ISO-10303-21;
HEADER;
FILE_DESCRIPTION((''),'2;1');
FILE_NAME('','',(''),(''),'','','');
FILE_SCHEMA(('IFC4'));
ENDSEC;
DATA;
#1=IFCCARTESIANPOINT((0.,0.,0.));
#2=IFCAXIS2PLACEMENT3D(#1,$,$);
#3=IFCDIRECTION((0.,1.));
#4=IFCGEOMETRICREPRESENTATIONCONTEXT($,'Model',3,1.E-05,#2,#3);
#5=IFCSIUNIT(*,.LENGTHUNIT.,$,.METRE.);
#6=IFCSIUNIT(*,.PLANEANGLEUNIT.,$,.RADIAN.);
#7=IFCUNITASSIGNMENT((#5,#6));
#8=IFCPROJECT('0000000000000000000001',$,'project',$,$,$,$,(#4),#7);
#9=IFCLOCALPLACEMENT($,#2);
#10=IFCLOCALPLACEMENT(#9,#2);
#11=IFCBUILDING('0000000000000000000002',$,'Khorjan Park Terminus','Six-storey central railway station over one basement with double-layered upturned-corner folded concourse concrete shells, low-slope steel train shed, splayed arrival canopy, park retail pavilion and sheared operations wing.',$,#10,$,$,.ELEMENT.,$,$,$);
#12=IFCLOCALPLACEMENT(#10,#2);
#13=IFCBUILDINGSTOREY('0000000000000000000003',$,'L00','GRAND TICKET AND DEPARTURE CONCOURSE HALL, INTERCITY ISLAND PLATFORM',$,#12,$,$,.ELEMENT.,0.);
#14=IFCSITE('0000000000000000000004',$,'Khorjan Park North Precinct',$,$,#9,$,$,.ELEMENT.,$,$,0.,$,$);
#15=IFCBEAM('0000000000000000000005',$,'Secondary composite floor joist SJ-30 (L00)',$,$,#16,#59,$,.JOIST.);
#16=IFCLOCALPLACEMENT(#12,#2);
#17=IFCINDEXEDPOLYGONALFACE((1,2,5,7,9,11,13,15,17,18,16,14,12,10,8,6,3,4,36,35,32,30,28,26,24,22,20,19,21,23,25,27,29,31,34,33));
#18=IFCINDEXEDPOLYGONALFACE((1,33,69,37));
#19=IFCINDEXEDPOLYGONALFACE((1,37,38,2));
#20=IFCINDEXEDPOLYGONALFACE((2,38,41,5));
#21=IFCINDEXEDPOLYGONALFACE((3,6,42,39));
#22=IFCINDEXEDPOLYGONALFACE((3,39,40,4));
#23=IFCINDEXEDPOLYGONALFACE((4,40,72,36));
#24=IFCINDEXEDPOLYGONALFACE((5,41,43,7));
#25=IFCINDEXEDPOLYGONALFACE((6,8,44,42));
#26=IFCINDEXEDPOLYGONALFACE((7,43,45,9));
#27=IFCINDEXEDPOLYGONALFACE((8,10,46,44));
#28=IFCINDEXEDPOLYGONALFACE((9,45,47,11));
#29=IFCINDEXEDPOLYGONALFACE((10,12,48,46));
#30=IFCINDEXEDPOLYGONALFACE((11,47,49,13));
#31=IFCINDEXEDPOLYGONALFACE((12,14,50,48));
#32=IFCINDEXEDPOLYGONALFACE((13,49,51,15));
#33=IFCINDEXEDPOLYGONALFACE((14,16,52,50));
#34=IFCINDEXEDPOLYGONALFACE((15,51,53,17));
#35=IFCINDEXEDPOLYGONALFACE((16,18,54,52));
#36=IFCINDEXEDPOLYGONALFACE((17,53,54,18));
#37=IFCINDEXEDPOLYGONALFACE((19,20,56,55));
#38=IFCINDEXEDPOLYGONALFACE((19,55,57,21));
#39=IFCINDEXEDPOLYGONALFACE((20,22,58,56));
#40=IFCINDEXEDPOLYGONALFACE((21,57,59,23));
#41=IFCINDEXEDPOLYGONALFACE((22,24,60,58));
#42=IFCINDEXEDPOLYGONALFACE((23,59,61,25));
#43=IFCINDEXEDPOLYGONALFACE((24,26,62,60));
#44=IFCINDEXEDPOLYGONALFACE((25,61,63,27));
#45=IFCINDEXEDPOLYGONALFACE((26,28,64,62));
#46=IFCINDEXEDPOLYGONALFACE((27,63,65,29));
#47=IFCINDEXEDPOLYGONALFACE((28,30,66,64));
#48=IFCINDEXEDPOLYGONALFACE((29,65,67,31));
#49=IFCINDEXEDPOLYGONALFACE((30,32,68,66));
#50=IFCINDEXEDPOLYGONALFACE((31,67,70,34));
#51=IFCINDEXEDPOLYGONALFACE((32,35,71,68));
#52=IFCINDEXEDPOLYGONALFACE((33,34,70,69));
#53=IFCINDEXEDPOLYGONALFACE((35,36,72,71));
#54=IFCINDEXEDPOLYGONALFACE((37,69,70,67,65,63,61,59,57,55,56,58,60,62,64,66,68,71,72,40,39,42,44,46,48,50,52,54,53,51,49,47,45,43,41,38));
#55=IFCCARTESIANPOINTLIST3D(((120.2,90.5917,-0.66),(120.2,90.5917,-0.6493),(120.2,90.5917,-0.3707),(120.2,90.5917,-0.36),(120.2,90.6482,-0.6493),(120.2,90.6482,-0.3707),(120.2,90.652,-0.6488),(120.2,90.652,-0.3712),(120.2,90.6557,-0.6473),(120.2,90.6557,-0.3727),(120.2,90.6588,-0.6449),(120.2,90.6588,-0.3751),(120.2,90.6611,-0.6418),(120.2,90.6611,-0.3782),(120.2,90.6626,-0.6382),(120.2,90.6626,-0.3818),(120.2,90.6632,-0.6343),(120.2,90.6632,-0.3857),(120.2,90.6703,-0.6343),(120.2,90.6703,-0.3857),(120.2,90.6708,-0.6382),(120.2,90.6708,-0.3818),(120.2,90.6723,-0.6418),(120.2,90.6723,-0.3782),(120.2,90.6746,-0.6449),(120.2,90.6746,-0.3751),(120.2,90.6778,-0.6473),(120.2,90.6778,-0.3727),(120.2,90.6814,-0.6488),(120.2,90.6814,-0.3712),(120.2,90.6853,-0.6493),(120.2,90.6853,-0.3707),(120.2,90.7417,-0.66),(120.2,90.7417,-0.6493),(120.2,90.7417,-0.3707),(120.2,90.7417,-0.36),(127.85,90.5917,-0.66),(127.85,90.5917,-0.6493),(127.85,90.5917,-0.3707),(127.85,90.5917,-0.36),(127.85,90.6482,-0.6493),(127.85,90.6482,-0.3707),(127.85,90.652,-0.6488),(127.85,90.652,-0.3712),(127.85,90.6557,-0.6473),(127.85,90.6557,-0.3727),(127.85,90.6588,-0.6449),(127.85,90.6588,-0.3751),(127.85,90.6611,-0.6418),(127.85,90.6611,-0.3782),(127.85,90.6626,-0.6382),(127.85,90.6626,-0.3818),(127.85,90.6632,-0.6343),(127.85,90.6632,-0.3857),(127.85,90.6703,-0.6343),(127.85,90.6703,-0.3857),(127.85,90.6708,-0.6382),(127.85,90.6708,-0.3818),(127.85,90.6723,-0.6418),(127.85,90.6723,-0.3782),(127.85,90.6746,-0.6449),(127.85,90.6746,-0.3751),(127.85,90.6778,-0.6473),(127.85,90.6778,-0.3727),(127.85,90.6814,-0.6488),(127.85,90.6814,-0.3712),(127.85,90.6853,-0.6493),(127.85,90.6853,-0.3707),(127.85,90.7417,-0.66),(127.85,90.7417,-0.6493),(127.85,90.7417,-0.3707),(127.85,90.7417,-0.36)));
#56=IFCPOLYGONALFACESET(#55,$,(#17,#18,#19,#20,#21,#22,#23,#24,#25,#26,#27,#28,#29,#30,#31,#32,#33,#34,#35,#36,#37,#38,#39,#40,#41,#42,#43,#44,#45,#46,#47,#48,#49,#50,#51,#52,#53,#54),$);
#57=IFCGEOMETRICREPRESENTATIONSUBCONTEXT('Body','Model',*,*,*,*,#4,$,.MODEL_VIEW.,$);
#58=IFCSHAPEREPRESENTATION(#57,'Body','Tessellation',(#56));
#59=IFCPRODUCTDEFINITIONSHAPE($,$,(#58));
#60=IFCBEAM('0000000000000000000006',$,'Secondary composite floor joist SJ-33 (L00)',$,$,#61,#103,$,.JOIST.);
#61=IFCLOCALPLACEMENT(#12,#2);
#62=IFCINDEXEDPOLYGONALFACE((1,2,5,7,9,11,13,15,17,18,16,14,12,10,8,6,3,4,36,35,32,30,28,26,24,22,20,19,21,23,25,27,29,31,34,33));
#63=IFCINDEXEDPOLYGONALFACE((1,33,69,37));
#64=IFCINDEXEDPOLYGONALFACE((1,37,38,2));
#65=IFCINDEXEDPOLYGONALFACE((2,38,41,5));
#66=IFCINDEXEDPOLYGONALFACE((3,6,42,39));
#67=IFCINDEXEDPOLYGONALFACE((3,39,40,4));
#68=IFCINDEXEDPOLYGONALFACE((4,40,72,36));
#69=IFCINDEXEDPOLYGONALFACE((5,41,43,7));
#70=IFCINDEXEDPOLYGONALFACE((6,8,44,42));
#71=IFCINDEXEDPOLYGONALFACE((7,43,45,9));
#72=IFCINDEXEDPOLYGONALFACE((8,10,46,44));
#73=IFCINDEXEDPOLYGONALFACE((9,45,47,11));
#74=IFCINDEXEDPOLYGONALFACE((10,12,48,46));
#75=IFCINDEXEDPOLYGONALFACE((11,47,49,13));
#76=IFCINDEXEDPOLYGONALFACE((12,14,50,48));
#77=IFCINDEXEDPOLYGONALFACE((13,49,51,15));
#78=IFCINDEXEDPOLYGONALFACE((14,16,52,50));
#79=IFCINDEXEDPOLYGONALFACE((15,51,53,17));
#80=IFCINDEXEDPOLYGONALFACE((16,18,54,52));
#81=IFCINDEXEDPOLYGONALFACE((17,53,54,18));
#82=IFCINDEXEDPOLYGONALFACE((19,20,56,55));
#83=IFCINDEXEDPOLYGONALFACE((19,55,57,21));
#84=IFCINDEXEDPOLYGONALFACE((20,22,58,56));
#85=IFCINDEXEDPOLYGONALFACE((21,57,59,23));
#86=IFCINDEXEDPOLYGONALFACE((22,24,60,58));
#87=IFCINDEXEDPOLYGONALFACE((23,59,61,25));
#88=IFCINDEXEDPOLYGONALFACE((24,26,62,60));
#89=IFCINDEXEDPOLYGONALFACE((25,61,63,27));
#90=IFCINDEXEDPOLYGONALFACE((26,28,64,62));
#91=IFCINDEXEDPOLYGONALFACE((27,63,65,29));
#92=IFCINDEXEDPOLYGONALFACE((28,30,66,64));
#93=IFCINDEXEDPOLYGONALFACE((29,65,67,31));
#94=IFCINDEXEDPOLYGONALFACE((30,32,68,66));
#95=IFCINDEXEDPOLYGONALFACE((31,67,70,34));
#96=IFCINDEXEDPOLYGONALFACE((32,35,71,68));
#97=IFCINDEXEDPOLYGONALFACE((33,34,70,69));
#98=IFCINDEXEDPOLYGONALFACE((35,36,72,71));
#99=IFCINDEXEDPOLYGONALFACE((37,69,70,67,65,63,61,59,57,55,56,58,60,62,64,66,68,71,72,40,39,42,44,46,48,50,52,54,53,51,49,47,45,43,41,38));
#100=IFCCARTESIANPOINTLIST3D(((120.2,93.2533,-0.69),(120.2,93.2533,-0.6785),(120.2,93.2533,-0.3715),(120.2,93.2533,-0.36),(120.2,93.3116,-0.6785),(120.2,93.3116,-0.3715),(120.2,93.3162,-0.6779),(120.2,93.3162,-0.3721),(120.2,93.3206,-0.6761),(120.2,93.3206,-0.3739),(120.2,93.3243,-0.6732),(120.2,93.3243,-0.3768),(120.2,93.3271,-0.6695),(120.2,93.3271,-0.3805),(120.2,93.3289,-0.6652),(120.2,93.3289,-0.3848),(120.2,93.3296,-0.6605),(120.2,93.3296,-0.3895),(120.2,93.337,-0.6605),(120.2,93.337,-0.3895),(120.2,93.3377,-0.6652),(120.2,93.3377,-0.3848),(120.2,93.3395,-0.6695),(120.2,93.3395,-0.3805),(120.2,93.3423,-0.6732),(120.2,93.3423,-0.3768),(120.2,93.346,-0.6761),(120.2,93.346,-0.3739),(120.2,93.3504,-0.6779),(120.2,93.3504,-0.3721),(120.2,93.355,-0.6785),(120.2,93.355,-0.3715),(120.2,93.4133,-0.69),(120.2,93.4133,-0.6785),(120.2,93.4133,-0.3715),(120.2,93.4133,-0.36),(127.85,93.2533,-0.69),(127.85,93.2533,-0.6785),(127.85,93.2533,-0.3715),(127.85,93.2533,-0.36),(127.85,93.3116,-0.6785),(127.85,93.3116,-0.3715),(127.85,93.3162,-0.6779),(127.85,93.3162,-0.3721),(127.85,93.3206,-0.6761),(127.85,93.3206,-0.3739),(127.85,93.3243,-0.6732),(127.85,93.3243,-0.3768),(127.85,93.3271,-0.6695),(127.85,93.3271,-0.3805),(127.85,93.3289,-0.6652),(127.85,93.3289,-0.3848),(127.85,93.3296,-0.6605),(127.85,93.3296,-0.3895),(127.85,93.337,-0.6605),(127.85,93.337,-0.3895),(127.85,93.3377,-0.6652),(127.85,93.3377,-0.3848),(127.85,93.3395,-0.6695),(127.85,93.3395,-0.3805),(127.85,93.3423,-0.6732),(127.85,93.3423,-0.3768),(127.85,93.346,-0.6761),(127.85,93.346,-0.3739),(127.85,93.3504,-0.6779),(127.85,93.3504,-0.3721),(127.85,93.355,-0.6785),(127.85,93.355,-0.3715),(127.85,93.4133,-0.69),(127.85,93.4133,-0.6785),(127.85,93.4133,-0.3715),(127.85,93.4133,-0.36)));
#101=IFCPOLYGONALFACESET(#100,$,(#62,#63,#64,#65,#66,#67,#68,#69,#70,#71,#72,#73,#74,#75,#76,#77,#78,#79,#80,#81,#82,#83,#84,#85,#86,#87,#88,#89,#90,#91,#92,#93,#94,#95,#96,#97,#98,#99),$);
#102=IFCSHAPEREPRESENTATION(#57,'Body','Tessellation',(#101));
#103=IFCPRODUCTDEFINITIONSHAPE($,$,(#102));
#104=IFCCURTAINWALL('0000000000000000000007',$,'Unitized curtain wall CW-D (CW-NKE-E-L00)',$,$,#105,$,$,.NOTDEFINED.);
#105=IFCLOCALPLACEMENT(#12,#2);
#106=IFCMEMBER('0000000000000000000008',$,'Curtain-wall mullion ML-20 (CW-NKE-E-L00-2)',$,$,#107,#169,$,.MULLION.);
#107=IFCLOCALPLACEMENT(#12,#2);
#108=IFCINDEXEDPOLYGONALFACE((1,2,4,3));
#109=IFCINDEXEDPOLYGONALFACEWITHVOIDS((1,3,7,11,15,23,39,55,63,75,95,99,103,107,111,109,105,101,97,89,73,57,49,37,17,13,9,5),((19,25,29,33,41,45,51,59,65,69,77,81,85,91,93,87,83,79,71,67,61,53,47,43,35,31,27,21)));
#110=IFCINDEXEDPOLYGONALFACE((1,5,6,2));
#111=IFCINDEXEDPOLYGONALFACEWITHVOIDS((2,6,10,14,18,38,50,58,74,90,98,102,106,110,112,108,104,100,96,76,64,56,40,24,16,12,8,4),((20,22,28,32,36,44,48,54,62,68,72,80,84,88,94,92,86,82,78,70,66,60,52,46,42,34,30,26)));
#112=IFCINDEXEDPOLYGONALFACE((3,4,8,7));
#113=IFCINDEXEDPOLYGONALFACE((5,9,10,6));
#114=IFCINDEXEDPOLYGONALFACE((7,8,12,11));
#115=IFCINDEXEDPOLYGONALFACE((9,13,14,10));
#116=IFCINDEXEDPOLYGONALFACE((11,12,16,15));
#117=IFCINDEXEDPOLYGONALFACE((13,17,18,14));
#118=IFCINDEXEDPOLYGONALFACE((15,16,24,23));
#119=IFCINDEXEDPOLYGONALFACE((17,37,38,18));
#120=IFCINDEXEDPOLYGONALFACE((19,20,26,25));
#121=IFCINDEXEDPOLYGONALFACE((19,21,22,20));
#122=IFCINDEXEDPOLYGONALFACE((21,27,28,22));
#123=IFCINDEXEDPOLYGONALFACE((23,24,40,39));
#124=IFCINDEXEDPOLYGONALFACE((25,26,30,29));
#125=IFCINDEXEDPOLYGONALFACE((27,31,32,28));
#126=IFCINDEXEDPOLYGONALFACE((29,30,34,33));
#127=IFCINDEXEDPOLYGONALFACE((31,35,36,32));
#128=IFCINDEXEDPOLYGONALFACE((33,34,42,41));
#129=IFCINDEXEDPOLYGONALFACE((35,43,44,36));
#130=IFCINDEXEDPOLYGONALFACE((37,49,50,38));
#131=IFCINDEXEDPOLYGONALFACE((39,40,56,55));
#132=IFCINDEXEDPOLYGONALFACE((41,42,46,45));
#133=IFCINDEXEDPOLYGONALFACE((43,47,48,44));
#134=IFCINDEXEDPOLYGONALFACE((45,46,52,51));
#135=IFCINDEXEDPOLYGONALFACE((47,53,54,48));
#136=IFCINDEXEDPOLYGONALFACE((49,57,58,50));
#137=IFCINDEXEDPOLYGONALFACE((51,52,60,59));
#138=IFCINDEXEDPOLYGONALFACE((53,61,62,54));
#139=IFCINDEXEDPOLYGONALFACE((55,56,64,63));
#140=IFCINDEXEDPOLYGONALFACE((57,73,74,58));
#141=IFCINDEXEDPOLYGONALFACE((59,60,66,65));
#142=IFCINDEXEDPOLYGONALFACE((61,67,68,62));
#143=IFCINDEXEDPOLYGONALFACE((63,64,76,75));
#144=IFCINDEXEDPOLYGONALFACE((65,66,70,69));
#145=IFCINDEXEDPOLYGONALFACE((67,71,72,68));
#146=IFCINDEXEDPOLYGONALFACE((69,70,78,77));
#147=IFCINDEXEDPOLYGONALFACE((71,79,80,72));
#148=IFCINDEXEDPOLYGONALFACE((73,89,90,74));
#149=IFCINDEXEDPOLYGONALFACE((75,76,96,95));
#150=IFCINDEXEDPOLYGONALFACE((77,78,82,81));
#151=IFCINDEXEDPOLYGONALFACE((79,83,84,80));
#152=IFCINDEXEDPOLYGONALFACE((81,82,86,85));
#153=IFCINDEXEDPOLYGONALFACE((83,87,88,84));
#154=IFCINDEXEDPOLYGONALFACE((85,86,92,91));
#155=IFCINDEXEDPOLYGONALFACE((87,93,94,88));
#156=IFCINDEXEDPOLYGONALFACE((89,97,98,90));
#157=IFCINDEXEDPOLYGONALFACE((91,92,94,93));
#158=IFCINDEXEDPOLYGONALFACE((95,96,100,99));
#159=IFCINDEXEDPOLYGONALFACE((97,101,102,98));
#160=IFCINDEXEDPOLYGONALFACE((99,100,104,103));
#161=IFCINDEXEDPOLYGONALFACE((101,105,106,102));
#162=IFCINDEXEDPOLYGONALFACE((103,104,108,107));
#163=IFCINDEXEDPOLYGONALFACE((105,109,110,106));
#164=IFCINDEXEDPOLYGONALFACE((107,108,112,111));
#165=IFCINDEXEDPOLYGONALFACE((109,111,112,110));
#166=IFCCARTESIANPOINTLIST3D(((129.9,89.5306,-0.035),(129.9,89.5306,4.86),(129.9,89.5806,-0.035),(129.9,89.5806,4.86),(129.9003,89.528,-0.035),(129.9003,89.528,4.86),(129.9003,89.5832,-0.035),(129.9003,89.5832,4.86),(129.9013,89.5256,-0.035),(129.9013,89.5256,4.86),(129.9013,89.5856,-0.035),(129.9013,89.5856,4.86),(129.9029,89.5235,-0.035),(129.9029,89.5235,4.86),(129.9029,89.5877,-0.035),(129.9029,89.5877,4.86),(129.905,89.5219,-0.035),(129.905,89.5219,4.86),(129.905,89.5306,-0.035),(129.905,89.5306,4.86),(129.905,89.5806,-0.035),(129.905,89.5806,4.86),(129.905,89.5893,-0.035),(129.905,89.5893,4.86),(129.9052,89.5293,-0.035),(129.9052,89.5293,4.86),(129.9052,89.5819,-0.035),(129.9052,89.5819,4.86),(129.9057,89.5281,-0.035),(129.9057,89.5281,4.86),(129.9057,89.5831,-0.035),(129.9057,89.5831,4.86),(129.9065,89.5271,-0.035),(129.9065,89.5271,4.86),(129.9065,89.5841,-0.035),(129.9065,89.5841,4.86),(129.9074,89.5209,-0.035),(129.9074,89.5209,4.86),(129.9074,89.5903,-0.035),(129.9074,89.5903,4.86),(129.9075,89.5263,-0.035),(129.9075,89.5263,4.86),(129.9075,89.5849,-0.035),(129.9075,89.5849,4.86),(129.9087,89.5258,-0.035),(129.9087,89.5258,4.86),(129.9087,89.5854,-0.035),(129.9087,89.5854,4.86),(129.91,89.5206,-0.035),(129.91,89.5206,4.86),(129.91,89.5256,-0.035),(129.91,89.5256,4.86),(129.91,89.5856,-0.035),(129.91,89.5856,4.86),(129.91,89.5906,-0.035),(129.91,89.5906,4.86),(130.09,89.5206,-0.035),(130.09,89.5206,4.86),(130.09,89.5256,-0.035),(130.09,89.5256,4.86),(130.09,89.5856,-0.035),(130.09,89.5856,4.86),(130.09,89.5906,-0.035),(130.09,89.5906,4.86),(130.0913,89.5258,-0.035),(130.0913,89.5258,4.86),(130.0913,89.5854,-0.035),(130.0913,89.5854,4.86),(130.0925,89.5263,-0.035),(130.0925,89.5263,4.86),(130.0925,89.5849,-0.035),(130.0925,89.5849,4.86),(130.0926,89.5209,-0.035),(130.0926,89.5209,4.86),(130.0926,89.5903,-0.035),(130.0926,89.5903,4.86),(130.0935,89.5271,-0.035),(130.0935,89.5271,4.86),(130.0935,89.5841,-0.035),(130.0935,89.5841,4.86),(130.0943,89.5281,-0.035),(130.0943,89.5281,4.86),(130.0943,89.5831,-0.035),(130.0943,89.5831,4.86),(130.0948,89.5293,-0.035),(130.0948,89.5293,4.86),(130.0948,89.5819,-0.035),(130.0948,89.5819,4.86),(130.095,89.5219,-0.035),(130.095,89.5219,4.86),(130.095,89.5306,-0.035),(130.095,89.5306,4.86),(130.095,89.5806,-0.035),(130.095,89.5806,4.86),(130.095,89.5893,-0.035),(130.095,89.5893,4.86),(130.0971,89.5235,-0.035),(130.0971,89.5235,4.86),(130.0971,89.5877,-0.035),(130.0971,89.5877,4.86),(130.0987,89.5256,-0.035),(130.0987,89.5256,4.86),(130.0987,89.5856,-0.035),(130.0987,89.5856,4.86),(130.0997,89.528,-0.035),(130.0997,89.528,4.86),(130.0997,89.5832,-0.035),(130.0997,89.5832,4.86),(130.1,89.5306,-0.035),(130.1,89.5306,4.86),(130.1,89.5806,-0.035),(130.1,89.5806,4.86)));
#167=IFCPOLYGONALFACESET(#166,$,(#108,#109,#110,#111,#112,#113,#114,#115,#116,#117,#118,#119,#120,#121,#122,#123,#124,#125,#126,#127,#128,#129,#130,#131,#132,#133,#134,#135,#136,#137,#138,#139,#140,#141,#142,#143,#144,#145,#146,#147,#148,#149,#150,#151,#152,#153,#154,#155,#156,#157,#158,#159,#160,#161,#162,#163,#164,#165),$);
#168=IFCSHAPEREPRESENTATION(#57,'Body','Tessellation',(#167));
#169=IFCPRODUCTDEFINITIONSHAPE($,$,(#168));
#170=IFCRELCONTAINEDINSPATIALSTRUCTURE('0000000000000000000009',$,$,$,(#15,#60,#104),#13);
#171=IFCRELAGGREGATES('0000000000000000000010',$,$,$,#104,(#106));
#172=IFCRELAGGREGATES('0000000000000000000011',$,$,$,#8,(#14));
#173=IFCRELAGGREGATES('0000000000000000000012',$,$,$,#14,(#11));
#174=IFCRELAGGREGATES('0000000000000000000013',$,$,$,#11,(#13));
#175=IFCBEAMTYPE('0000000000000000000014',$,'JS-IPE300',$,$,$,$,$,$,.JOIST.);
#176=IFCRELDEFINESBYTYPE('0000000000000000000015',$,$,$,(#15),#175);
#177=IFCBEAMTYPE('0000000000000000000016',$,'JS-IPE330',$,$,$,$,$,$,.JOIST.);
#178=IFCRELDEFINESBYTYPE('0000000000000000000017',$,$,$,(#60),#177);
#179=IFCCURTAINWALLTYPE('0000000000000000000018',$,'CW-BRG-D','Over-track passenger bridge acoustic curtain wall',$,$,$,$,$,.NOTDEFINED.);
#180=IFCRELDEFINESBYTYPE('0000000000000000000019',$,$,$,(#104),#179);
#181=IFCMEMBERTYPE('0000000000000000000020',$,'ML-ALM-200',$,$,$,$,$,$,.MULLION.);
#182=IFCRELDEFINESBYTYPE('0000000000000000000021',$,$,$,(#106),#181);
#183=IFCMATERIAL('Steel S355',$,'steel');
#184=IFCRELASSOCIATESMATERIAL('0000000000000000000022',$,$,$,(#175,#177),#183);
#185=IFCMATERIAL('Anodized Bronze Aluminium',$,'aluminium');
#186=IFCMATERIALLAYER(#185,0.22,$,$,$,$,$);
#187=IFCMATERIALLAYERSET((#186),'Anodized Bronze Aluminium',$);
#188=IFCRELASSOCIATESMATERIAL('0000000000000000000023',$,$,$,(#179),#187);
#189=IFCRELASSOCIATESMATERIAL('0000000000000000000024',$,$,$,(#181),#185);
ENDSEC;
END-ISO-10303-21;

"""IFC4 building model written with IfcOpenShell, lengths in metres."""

from ifc_helpers import new_model, si_unit, direction, frame, origin, origin_2d, place, context, subcontext, project, spatial, hollow_rectangle, i_section, extrude, material, layer, layer_set, material_profile, profile_set, type_object, element, aggregate, save


model = new_model("IFC4")

# Units and contexts
model_context = context("Model", 3, precision=1e-05, world=origin(), true_north=direction((0.0, 1.0)))
body_context = subcontext(model_context, "Body", "Model", "MODEL_VIEW")
ifc_project = project(units=[si_unit("LENGTHUNIT", "METRE"), si_unit("PLANEANGLEUNIT", "RADIAN")], contexts=[model_context])

# Site, building, storey
site_placement = place(None, origin())
site = spatial("IfcSite", under=ifc_project, at=site_placement, Name="Khorjan Park North Precinct", CompositionType="ELEMENT", RefElevation=0.0)
building_placement = place(site_placement, origin())
building = spatial("IfcBuilding", under=site, at=building_placement, Name="Khorjan Park Terminus", Description="Six-storey central railway station over one basement with double-layered upturned-corner folded concourse concrete shells, low-slope steel train shed, splayed arrival canopy, park retail pavilion and sheared operations wing.", CompositionType="ELEMENT")
storey_placement = place(building_placement, origin())
storey = spatial("IfcBuildingStorey", under=building, at=storey_placement, Name="L00", Description="GRAND TICKET AND DEPARTURE CONCOURSE HALL, INTERCITY ISLAND PLATFORM", CompositionType="ELEMENT", Elevation=0.0)

# Beams
ifc_material_1 = material(Name="Steel S355", Category="steel")
ifc_material_profile_1 = material_profile(ifc_material_1, i_section(OverallWidth=0.15, OverallDepth=0.3, WebThickness=0.0071, FlangeThickness=0.0107, FilletRadius=0.015, at=origin_2d()), Name="IPE 300")
ifc_profile_set_1 = profile_set([ifc_material_profile_1], Name="Steel S355")
beam_type_1 = type_object("IfcBeamType", Name="JS-IPE300", PredefinedType="JOIST", material=ifc_profile_set_1)
beam_1_placement = place(storey_placement, frame((120.2, 90.6667, -0.51), z_axis=(1.0, 0.0, 0.0), x_axis=(0.0, 1.0, 0.0)))
element("IfcBeam", 1, at=beam_1_placement, inside=storey, type_object=beam_type_1, Name="Secondary composite floor joist SJ-30 (L00)", PredefinedType="JOIST", context=body_context, shape_type="SweptSolid", body=[
    extrude(i_section(OverallWidth=0.15, OverallDepth=0.3, WebThickness=0.0071, FlangeThickness=0.0107, FilletRadius=0.015, at=origin_2d()), origin(), (0.0, 0.0, 1.0), 7.65),
])
ifc_material_profile_2 = material_profile(ifc_material_1, i_section(OverallWidth=0.16, OverallDepth=0.33, WebThickness=0.0075, FlangeThickness=0.0115, FilletRadius=0.018, at=origin_2d()), Name="IPE 330")
ifc_profile_set_2 = profile_set([ifc_material_profile_2], Name="Steel S355")
beam_type_2 = type_object("IfcBeamType", Name="JS-IPE330", PredefinedType="JOIST", material=ifc_profile_set_2)
beam_2_placement = place(storey_placement, frame((120.2, 93.3333, -0.525), z_axis=(1.0, 0.0, 0.0), x_axis=(0.0, 1.0, 0.0)))
element("IfcBeam", 2, at=beam_2_placement, inside=storey, type_object=beam_type_2, Name="Secondary composite floor joist SJ-33 (L00)", PredefinedType="JOIST", context=body_context, shape_type="SweptSolid", body=[
    extrude(i_section(OverallWidth=0.16, OverallDepth=0.33, WebThickness=0.0075, FlangeThickness=0.0115, FilletRadius=0.018, at=origin_2d()), origin(), (0.0, 0.0, 1.0), 7.65),
])

# Curtain wall, member
ifc_material_2 = material(Name="Anodized Bronze Aluminium", Category="aluminium")
ifc_layer_1 = layer(ifc_material_2, 0.22)
ifc_layer_set_1 = layer_set([ifc_layer_1], Name="Anodized Bronze Aluminium")
curtain_wall_type = type_object("IfcCurtainWallType", Name="CW-BRG-D", Description="Over-track passenger bridge acoustic curtain wall", PredefinedType="NOTDEFINED", material=ifc_layer_set_1)
curtain_wall_placement = place(storey_placement, origin())
curtain_wall = element("IfcCurtainWall", 3, at=curtain_wall_placement, inside=storey, type_object=curtain_wall_type, Name="Unitized curtain wall CW-D (CW-NKE-E-L00)", PredefinedType="NOTDEFINED")
ifc_material_profile_3 = material_profile(ifc_material_2, hollow_rectangle(XDim=0.07, YDim=0.2, WallThickness=0.005, InnerFilletRadius=0.005, OuterFilletRadius=0.01, at=origin_2d()), Name="ALM 70x200x5")
ifc_profile_set_3 = profile_set([ifc_material_profile_3], Name="Anodized Bronze Aluminium")
member_type_1 = type_object("IfcMemberType", Name="ML-ALM-200", PredefinedType="MULLION", material=ifc_profile_set_3)
member_1_placement = place(storey_placement, frame((130.0, 89.5556, -0.035), z_axis=(0.0, 0.0, 1.0), x_axis=(0.0, 1.0, 0.0)))
member_1 = element("IfcMember", 4, at=member_1_placement, type_object=member_type_1, Name="Curtain-wall mullion ML-20 (CW-NKE-E-L00-2)", PredefinedType="MULLION", context=body_context, shape_type="SweptSolid", body=[
    extrude(hollow_rectangle(XDim=0.07, YDim=0.2, WallThickness=0.005, InnerFilletRadius=0.005, OuterFilletRadius=0.01, at=origin_2d()), origin(), (0.0, 0.0, 1.0), 4.895),
])
aggregate(curtain_wall, [member_1])

save(model, "model.ifc")
